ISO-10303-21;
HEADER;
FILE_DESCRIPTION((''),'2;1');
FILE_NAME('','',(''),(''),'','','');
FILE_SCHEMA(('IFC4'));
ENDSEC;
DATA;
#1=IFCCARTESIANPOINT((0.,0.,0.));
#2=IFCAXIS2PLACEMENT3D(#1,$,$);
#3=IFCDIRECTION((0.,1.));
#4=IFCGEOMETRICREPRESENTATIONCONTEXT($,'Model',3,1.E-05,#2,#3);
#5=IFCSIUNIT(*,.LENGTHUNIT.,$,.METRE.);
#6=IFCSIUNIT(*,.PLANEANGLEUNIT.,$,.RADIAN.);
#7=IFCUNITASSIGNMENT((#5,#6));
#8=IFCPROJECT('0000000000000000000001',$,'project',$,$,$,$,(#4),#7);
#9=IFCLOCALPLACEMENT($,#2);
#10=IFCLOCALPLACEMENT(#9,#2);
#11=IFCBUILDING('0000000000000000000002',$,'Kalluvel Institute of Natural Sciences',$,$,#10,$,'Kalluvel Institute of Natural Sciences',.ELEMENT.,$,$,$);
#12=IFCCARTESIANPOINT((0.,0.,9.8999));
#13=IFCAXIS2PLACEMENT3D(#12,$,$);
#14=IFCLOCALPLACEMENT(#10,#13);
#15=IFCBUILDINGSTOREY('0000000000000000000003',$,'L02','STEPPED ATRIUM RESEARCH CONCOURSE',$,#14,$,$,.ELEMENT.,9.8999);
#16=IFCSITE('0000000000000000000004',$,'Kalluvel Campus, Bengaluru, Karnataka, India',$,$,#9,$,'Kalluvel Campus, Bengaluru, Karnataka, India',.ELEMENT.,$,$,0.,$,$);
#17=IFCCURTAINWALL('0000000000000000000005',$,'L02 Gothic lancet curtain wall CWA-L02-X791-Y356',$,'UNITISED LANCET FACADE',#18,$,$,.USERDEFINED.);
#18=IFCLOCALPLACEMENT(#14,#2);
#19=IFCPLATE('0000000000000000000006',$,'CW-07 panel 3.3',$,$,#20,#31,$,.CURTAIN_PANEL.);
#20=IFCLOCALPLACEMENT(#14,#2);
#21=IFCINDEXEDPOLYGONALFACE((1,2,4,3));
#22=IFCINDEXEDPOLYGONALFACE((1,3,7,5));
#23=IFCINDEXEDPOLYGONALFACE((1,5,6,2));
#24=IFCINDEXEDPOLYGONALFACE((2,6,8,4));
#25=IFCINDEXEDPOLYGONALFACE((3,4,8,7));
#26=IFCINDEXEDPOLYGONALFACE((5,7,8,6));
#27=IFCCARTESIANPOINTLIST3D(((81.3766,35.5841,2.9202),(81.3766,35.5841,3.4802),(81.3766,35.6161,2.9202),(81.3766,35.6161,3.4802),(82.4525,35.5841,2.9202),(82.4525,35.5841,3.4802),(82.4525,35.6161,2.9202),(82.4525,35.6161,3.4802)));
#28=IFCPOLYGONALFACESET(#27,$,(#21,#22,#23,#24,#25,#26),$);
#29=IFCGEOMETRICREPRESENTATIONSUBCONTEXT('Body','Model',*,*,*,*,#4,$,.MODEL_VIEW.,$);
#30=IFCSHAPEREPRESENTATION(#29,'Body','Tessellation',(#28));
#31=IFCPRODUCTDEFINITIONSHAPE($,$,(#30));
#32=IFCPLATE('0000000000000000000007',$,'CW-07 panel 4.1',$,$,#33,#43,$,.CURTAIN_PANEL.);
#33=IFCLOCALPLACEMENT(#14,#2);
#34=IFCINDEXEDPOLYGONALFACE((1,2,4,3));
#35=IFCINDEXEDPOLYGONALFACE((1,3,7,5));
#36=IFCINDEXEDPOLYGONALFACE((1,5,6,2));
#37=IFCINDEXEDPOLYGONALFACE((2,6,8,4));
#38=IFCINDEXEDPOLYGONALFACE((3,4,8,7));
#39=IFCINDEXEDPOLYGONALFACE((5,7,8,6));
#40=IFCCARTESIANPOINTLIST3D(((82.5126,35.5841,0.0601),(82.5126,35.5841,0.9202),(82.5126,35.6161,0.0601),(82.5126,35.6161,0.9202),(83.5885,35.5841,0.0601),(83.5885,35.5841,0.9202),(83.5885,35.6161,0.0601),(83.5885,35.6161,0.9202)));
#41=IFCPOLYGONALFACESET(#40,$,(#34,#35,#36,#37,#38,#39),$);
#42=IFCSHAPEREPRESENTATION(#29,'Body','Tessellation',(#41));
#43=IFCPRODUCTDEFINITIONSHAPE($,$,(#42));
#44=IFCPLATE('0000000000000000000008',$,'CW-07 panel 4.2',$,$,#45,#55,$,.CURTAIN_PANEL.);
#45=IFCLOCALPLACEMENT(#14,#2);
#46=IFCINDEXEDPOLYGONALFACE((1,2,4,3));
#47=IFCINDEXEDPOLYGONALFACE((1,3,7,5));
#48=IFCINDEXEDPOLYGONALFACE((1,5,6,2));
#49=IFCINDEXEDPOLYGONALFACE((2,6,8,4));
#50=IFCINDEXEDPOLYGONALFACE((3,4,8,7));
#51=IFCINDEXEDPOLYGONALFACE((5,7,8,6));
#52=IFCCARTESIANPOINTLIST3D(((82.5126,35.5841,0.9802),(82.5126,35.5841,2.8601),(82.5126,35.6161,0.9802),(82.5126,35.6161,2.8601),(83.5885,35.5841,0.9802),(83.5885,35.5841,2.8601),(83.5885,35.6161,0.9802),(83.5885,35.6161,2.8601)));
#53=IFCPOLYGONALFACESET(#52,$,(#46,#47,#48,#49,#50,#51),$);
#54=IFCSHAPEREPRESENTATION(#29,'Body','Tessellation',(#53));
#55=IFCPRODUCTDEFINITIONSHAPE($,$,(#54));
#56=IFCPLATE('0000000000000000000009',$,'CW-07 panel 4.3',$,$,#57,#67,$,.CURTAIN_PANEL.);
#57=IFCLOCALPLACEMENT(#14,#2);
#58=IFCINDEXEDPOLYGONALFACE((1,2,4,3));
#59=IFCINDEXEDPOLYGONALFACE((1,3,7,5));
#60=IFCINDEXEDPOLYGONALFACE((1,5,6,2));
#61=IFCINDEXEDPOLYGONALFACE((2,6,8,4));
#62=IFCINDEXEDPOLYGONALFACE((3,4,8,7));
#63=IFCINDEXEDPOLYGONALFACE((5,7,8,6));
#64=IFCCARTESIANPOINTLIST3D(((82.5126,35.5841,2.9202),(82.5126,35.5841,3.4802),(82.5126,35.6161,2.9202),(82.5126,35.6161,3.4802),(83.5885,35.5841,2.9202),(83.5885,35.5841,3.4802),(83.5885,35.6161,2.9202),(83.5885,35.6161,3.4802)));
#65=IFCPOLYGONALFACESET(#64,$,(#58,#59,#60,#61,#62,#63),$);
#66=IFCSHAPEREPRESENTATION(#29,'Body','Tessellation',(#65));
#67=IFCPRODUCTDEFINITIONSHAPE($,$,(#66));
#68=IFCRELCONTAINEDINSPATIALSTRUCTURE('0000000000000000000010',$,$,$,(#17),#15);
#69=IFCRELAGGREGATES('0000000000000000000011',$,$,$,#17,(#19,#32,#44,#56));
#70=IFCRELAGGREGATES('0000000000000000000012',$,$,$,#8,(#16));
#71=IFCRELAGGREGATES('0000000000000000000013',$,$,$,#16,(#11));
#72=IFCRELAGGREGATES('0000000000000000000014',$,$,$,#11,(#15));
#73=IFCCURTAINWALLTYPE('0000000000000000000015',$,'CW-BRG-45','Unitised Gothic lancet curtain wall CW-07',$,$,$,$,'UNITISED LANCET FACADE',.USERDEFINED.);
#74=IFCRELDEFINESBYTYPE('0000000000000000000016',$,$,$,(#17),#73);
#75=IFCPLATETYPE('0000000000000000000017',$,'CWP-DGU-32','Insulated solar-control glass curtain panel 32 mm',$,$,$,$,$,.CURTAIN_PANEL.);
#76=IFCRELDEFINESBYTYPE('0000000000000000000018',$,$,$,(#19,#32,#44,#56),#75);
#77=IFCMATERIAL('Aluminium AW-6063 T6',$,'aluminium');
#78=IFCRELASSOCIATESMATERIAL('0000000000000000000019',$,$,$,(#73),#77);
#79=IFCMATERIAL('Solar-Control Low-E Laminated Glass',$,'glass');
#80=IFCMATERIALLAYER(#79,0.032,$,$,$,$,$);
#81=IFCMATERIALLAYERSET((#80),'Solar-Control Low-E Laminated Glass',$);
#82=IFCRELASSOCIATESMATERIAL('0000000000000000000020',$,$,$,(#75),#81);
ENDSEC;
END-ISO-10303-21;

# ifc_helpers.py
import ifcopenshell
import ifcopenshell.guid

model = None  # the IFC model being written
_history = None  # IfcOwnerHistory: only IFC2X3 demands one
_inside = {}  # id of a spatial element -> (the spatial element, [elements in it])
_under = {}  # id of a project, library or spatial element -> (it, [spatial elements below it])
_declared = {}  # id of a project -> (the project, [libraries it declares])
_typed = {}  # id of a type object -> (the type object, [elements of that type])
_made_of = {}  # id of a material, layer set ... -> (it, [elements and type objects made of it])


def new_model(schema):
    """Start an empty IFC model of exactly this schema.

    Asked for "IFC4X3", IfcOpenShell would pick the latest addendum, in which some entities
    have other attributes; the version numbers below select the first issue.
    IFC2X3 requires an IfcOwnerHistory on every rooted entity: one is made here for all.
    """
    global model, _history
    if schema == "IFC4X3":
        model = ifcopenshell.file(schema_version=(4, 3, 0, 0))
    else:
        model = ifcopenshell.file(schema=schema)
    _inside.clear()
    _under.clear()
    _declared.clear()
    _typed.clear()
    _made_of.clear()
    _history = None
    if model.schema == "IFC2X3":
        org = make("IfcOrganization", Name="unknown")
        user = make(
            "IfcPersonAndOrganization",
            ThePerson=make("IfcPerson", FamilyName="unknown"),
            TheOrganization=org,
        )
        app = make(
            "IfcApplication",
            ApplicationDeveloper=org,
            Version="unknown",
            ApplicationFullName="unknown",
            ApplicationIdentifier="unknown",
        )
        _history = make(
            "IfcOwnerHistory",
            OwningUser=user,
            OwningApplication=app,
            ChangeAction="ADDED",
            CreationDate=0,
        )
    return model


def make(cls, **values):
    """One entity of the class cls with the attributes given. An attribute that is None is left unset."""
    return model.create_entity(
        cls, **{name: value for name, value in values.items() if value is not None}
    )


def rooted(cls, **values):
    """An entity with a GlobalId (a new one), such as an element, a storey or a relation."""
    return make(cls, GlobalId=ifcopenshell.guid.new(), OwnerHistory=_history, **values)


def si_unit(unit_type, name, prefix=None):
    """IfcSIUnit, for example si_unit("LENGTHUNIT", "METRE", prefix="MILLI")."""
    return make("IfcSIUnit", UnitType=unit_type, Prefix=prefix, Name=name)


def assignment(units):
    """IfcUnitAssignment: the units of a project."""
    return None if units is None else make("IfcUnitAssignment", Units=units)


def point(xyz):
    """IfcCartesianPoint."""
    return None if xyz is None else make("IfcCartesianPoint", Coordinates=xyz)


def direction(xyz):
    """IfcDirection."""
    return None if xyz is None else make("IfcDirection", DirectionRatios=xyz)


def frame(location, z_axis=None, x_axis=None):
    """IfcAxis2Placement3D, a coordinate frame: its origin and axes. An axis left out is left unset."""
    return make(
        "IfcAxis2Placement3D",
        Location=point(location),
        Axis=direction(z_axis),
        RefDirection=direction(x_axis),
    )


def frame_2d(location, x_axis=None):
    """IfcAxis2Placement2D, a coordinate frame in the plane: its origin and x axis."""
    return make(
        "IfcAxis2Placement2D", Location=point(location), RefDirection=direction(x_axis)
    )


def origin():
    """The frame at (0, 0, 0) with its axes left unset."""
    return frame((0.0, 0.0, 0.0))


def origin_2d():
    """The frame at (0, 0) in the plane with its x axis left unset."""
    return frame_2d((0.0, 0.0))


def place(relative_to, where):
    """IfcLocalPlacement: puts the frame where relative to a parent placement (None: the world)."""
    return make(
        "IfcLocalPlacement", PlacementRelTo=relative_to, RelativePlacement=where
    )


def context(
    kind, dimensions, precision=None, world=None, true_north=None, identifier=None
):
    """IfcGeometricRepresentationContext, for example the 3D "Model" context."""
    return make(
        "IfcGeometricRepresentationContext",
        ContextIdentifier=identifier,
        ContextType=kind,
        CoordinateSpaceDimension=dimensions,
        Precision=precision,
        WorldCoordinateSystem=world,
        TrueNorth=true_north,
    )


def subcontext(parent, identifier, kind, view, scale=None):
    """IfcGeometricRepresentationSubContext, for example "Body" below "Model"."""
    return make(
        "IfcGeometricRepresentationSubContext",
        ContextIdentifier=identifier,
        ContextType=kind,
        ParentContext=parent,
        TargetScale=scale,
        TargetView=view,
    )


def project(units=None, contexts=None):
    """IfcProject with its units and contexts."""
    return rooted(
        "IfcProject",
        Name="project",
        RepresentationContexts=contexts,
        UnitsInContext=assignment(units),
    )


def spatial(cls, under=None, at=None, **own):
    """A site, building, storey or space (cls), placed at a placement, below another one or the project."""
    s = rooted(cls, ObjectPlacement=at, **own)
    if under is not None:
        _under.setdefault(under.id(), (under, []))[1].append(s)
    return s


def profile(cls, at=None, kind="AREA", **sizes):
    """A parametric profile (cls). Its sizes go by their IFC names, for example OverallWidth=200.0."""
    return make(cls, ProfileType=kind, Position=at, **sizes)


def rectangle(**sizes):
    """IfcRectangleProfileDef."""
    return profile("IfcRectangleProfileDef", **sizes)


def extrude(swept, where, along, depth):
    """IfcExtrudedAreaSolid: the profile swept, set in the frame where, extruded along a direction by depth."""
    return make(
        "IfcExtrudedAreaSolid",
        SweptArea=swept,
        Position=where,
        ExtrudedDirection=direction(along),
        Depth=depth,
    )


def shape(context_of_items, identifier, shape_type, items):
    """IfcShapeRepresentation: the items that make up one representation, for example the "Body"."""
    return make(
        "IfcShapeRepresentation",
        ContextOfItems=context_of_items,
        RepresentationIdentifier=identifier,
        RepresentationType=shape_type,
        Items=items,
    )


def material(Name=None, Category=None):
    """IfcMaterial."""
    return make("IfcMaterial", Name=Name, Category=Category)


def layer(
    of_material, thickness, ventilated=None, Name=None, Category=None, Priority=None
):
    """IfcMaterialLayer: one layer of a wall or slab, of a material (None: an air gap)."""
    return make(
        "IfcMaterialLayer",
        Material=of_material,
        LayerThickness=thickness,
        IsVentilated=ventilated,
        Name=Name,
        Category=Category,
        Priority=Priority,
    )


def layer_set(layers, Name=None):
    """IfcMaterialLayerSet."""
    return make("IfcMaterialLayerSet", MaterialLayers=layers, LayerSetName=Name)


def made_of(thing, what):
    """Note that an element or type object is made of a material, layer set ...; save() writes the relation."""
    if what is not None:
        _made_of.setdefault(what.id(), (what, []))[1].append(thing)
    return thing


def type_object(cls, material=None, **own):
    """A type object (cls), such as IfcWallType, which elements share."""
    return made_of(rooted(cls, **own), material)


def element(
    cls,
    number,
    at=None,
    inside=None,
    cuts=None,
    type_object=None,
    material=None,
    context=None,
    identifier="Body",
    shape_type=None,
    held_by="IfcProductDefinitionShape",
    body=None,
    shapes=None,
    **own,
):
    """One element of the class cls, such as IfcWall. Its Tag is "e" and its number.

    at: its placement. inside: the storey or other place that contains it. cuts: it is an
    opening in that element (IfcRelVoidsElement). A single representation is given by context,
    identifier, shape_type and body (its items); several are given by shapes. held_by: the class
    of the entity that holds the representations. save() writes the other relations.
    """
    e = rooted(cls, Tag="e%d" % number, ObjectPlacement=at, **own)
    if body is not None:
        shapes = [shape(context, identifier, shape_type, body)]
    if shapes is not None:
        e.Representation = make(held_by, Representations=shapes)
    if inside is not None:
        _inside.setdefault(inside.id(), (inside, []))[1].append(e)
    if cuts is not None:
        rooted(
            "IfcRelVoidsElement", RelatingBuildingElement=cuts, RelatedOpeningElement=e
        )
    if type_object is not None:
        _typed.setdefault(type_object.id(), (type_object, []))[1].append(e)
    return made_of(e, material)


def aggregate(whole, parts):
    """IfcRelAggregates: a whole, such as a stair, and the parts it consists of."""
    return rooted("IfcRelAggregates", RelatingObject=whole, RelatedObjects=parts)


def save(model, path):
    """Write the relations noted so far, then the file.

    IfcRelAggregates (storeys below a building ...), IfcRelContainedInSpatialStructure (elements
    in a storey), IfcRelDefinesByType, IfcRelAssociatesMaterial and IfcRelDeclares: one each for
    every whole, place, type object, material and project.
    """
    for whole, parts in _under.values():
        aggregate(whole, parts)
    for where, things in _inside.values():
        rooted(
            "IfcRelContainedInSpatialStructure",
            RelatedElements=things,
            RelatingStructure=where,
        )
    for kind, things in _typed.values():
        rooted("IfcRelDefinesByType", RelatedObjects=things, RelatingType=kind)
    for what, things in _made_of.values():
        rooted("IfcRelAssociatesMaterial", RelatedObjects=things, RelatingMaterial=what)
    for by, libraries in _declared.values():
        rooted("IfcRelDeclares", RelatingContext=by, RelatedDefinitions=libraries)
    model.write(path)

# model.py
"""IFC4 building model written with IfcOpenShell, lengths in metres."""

from ifc_helpers import new_model, si_unit, direction, frame, origin, origin_2d, place, context, subcontext, project, spatial, rectangle, extrude, material, layer, layer_set, type_object, element, aggregate, save


model = new_model("IFC4")

# Units and contexts
model_context = context("Model", 3, precision=1e-05, world=origin(), true_north=direction((0.0, 1.0)))
body_context = subcontext(model_context, "Body", "Model", "MODEL_VIEW")
ifc_project = project(units=[si_unit("LENGTHUNIT", "METRE"), si_unit("PLANEANGLEUNIT", "RADIAN")], contexts=[model_context])

# Site, building, storey
site_placement = place(None, origin())
site = spatial("IfcSite", under=ifc_project, at=site_placement, Name="Kalluvel Campus, Bengaluru, Karnataka, India", LongName="Kalluvel Campus, Bengaluru, Karnataka, India", CompositionType="ELEMENT", RefElevation=0.0)
building_placement = place(site_placement, origin())
building = spatial("IfcBuilding", under=site, at=building_placement, Name="Kalluvel Institute of Natural Sciences", LongName="Kalluvel Institute of Natural Sciences", CompositionType="ELEMENT")
storey_placement = place(building_placement, frame((0.0, 0.0, 9.8999)))
storey = spatial("IfcBuildingStorey", under=building, at=storey_placement, Name="L02", Description="STEPPED ATRIUM RESEARCH CONCOURSE", CompositionType="ELEMENT", Elevation=9.8999)

# Curtain wall
ifc_material_1 = material(Name="Aluminium AW-6063 T6", Category="aluminium")
curtain_wall_type = type_object("IfcCurtainWallType", Name="CW-BRG-45", Description="Unitised Gothic lancet curtain wall CW-07", ElementType="UNITISED LANCET FACADE", PredefinedType="USERDEFINED", material=ifc_material_1)
curtain_wall_placement = place(storey_placement, origin())
curtain_wall = element("IfcCurtainWall", 1, at=curtain_wall_placement, inside=storey, type_object=curtain_wall_type, Name="L02 Gothic lancet curtain wall CWA-L02-X791-Y356", ObjectType="UNITISED LANCET FACADE", PredefinedType="USERDEFINED")

# Plates
ifc_material_2 = material(Name="Solar-Control Low-E Laminated Glass", Category="glass")
ifc_layer = layer(ifc_material_2, 0.032)
ifc_layer_set = layer_set([ifc_layer], Name="Solar-Control Low-E Laminated Glass")
plate_type = type_object("IfcPlateType", Name="CWP-DGU-32", Description="Insulated solar-control glass curtain panel 32 mm", PredefinedType="CURTAIN_PANEL", material=ifc_layer_set)
plate_1_placement = place(storey_placement, frame((81.9146, 35.6001, 2.9202), z_axis=(0.0, 0.0, 1.0), x_axis=(1.0, 0.0, 0.0)))
plate_1 = element("IfcPlate", 2, at=plate_1_placement, type_object=plate_type, Name="CW-07 panel 3.3", PredefinedType="CURTAIN_PANEL", context=body_context, shape_type="SweptSolid", body=[
    extrude(rectangle(XDim=1.0759, YDim=0.032, at=origin_2d()), origin(), (0.0, 0.0, 1.0), 0.5601),
])
plate_2_placement = place(storey_placement, frame((83.0505, 35.6001, 0.0601), z_axis=(0.0, 0.0, 1.0), x_axis=(1.0, 0.0, 0.0)))
plate_2 = element("IfcPlate", 3, at=plate_2_placement, type_object=plate_type, Name="CW-07 panel 4.1", PredefinedType="CURTAIN_PANEL", context=body_context, shape_type="SweptSolid", body=[
    extrude(rectangle(XDim=1.0759, YDim=0.032, at=origin_2d()), origin(), (0.0, 0.0, 1.0), 0.8601),
])
plate_3_placement = place(storey_placement, frame((83.0505, 35.6001, 0.9802), z_axis=(0.0, 0.0, 1.0), x_axis=(1.0, 0.0, 0.0)))
plate_3 = element("IfcPlate", 4, at=plate_3_placement, type_object=plate_type, Name="CW-07 panel 4.2", PredefinedType="CURTAIN_PANEL", context=body_context, shape_type="SweptSolid", body=[
    extrude(rectangle(XDim=1.0759, YDim=0.032, at=origin_2d()), origin(), (0.0, 0.0, 1.0), 1.8799),
])
plate_4_placement = place(storey_placement, frame((83.0505, 35.6001, 2.9202), z_axis=(0.0, 0.0, 1.0), x_axis=(1.0, 0.0, 0.0)))
plate_4 = element("IfcPlate", 5, at=plate_4_placement, type_object=plate_type, Name="CW-07 panel 4.3", PredefinedType="CURTAIN_PANEL", context=body_context, shape_type="SweptSolid", body=[
    extrude(rectangle(XDim=1.0759, YDim=0.032, at=origin_2d()), origin(), (0.0, 0.0, 1.0), 0.5601),
])
aggregate(curtain_wall, [plate_1, plate_2, plate_3, plate_4])

save(model, "model.ifc")
